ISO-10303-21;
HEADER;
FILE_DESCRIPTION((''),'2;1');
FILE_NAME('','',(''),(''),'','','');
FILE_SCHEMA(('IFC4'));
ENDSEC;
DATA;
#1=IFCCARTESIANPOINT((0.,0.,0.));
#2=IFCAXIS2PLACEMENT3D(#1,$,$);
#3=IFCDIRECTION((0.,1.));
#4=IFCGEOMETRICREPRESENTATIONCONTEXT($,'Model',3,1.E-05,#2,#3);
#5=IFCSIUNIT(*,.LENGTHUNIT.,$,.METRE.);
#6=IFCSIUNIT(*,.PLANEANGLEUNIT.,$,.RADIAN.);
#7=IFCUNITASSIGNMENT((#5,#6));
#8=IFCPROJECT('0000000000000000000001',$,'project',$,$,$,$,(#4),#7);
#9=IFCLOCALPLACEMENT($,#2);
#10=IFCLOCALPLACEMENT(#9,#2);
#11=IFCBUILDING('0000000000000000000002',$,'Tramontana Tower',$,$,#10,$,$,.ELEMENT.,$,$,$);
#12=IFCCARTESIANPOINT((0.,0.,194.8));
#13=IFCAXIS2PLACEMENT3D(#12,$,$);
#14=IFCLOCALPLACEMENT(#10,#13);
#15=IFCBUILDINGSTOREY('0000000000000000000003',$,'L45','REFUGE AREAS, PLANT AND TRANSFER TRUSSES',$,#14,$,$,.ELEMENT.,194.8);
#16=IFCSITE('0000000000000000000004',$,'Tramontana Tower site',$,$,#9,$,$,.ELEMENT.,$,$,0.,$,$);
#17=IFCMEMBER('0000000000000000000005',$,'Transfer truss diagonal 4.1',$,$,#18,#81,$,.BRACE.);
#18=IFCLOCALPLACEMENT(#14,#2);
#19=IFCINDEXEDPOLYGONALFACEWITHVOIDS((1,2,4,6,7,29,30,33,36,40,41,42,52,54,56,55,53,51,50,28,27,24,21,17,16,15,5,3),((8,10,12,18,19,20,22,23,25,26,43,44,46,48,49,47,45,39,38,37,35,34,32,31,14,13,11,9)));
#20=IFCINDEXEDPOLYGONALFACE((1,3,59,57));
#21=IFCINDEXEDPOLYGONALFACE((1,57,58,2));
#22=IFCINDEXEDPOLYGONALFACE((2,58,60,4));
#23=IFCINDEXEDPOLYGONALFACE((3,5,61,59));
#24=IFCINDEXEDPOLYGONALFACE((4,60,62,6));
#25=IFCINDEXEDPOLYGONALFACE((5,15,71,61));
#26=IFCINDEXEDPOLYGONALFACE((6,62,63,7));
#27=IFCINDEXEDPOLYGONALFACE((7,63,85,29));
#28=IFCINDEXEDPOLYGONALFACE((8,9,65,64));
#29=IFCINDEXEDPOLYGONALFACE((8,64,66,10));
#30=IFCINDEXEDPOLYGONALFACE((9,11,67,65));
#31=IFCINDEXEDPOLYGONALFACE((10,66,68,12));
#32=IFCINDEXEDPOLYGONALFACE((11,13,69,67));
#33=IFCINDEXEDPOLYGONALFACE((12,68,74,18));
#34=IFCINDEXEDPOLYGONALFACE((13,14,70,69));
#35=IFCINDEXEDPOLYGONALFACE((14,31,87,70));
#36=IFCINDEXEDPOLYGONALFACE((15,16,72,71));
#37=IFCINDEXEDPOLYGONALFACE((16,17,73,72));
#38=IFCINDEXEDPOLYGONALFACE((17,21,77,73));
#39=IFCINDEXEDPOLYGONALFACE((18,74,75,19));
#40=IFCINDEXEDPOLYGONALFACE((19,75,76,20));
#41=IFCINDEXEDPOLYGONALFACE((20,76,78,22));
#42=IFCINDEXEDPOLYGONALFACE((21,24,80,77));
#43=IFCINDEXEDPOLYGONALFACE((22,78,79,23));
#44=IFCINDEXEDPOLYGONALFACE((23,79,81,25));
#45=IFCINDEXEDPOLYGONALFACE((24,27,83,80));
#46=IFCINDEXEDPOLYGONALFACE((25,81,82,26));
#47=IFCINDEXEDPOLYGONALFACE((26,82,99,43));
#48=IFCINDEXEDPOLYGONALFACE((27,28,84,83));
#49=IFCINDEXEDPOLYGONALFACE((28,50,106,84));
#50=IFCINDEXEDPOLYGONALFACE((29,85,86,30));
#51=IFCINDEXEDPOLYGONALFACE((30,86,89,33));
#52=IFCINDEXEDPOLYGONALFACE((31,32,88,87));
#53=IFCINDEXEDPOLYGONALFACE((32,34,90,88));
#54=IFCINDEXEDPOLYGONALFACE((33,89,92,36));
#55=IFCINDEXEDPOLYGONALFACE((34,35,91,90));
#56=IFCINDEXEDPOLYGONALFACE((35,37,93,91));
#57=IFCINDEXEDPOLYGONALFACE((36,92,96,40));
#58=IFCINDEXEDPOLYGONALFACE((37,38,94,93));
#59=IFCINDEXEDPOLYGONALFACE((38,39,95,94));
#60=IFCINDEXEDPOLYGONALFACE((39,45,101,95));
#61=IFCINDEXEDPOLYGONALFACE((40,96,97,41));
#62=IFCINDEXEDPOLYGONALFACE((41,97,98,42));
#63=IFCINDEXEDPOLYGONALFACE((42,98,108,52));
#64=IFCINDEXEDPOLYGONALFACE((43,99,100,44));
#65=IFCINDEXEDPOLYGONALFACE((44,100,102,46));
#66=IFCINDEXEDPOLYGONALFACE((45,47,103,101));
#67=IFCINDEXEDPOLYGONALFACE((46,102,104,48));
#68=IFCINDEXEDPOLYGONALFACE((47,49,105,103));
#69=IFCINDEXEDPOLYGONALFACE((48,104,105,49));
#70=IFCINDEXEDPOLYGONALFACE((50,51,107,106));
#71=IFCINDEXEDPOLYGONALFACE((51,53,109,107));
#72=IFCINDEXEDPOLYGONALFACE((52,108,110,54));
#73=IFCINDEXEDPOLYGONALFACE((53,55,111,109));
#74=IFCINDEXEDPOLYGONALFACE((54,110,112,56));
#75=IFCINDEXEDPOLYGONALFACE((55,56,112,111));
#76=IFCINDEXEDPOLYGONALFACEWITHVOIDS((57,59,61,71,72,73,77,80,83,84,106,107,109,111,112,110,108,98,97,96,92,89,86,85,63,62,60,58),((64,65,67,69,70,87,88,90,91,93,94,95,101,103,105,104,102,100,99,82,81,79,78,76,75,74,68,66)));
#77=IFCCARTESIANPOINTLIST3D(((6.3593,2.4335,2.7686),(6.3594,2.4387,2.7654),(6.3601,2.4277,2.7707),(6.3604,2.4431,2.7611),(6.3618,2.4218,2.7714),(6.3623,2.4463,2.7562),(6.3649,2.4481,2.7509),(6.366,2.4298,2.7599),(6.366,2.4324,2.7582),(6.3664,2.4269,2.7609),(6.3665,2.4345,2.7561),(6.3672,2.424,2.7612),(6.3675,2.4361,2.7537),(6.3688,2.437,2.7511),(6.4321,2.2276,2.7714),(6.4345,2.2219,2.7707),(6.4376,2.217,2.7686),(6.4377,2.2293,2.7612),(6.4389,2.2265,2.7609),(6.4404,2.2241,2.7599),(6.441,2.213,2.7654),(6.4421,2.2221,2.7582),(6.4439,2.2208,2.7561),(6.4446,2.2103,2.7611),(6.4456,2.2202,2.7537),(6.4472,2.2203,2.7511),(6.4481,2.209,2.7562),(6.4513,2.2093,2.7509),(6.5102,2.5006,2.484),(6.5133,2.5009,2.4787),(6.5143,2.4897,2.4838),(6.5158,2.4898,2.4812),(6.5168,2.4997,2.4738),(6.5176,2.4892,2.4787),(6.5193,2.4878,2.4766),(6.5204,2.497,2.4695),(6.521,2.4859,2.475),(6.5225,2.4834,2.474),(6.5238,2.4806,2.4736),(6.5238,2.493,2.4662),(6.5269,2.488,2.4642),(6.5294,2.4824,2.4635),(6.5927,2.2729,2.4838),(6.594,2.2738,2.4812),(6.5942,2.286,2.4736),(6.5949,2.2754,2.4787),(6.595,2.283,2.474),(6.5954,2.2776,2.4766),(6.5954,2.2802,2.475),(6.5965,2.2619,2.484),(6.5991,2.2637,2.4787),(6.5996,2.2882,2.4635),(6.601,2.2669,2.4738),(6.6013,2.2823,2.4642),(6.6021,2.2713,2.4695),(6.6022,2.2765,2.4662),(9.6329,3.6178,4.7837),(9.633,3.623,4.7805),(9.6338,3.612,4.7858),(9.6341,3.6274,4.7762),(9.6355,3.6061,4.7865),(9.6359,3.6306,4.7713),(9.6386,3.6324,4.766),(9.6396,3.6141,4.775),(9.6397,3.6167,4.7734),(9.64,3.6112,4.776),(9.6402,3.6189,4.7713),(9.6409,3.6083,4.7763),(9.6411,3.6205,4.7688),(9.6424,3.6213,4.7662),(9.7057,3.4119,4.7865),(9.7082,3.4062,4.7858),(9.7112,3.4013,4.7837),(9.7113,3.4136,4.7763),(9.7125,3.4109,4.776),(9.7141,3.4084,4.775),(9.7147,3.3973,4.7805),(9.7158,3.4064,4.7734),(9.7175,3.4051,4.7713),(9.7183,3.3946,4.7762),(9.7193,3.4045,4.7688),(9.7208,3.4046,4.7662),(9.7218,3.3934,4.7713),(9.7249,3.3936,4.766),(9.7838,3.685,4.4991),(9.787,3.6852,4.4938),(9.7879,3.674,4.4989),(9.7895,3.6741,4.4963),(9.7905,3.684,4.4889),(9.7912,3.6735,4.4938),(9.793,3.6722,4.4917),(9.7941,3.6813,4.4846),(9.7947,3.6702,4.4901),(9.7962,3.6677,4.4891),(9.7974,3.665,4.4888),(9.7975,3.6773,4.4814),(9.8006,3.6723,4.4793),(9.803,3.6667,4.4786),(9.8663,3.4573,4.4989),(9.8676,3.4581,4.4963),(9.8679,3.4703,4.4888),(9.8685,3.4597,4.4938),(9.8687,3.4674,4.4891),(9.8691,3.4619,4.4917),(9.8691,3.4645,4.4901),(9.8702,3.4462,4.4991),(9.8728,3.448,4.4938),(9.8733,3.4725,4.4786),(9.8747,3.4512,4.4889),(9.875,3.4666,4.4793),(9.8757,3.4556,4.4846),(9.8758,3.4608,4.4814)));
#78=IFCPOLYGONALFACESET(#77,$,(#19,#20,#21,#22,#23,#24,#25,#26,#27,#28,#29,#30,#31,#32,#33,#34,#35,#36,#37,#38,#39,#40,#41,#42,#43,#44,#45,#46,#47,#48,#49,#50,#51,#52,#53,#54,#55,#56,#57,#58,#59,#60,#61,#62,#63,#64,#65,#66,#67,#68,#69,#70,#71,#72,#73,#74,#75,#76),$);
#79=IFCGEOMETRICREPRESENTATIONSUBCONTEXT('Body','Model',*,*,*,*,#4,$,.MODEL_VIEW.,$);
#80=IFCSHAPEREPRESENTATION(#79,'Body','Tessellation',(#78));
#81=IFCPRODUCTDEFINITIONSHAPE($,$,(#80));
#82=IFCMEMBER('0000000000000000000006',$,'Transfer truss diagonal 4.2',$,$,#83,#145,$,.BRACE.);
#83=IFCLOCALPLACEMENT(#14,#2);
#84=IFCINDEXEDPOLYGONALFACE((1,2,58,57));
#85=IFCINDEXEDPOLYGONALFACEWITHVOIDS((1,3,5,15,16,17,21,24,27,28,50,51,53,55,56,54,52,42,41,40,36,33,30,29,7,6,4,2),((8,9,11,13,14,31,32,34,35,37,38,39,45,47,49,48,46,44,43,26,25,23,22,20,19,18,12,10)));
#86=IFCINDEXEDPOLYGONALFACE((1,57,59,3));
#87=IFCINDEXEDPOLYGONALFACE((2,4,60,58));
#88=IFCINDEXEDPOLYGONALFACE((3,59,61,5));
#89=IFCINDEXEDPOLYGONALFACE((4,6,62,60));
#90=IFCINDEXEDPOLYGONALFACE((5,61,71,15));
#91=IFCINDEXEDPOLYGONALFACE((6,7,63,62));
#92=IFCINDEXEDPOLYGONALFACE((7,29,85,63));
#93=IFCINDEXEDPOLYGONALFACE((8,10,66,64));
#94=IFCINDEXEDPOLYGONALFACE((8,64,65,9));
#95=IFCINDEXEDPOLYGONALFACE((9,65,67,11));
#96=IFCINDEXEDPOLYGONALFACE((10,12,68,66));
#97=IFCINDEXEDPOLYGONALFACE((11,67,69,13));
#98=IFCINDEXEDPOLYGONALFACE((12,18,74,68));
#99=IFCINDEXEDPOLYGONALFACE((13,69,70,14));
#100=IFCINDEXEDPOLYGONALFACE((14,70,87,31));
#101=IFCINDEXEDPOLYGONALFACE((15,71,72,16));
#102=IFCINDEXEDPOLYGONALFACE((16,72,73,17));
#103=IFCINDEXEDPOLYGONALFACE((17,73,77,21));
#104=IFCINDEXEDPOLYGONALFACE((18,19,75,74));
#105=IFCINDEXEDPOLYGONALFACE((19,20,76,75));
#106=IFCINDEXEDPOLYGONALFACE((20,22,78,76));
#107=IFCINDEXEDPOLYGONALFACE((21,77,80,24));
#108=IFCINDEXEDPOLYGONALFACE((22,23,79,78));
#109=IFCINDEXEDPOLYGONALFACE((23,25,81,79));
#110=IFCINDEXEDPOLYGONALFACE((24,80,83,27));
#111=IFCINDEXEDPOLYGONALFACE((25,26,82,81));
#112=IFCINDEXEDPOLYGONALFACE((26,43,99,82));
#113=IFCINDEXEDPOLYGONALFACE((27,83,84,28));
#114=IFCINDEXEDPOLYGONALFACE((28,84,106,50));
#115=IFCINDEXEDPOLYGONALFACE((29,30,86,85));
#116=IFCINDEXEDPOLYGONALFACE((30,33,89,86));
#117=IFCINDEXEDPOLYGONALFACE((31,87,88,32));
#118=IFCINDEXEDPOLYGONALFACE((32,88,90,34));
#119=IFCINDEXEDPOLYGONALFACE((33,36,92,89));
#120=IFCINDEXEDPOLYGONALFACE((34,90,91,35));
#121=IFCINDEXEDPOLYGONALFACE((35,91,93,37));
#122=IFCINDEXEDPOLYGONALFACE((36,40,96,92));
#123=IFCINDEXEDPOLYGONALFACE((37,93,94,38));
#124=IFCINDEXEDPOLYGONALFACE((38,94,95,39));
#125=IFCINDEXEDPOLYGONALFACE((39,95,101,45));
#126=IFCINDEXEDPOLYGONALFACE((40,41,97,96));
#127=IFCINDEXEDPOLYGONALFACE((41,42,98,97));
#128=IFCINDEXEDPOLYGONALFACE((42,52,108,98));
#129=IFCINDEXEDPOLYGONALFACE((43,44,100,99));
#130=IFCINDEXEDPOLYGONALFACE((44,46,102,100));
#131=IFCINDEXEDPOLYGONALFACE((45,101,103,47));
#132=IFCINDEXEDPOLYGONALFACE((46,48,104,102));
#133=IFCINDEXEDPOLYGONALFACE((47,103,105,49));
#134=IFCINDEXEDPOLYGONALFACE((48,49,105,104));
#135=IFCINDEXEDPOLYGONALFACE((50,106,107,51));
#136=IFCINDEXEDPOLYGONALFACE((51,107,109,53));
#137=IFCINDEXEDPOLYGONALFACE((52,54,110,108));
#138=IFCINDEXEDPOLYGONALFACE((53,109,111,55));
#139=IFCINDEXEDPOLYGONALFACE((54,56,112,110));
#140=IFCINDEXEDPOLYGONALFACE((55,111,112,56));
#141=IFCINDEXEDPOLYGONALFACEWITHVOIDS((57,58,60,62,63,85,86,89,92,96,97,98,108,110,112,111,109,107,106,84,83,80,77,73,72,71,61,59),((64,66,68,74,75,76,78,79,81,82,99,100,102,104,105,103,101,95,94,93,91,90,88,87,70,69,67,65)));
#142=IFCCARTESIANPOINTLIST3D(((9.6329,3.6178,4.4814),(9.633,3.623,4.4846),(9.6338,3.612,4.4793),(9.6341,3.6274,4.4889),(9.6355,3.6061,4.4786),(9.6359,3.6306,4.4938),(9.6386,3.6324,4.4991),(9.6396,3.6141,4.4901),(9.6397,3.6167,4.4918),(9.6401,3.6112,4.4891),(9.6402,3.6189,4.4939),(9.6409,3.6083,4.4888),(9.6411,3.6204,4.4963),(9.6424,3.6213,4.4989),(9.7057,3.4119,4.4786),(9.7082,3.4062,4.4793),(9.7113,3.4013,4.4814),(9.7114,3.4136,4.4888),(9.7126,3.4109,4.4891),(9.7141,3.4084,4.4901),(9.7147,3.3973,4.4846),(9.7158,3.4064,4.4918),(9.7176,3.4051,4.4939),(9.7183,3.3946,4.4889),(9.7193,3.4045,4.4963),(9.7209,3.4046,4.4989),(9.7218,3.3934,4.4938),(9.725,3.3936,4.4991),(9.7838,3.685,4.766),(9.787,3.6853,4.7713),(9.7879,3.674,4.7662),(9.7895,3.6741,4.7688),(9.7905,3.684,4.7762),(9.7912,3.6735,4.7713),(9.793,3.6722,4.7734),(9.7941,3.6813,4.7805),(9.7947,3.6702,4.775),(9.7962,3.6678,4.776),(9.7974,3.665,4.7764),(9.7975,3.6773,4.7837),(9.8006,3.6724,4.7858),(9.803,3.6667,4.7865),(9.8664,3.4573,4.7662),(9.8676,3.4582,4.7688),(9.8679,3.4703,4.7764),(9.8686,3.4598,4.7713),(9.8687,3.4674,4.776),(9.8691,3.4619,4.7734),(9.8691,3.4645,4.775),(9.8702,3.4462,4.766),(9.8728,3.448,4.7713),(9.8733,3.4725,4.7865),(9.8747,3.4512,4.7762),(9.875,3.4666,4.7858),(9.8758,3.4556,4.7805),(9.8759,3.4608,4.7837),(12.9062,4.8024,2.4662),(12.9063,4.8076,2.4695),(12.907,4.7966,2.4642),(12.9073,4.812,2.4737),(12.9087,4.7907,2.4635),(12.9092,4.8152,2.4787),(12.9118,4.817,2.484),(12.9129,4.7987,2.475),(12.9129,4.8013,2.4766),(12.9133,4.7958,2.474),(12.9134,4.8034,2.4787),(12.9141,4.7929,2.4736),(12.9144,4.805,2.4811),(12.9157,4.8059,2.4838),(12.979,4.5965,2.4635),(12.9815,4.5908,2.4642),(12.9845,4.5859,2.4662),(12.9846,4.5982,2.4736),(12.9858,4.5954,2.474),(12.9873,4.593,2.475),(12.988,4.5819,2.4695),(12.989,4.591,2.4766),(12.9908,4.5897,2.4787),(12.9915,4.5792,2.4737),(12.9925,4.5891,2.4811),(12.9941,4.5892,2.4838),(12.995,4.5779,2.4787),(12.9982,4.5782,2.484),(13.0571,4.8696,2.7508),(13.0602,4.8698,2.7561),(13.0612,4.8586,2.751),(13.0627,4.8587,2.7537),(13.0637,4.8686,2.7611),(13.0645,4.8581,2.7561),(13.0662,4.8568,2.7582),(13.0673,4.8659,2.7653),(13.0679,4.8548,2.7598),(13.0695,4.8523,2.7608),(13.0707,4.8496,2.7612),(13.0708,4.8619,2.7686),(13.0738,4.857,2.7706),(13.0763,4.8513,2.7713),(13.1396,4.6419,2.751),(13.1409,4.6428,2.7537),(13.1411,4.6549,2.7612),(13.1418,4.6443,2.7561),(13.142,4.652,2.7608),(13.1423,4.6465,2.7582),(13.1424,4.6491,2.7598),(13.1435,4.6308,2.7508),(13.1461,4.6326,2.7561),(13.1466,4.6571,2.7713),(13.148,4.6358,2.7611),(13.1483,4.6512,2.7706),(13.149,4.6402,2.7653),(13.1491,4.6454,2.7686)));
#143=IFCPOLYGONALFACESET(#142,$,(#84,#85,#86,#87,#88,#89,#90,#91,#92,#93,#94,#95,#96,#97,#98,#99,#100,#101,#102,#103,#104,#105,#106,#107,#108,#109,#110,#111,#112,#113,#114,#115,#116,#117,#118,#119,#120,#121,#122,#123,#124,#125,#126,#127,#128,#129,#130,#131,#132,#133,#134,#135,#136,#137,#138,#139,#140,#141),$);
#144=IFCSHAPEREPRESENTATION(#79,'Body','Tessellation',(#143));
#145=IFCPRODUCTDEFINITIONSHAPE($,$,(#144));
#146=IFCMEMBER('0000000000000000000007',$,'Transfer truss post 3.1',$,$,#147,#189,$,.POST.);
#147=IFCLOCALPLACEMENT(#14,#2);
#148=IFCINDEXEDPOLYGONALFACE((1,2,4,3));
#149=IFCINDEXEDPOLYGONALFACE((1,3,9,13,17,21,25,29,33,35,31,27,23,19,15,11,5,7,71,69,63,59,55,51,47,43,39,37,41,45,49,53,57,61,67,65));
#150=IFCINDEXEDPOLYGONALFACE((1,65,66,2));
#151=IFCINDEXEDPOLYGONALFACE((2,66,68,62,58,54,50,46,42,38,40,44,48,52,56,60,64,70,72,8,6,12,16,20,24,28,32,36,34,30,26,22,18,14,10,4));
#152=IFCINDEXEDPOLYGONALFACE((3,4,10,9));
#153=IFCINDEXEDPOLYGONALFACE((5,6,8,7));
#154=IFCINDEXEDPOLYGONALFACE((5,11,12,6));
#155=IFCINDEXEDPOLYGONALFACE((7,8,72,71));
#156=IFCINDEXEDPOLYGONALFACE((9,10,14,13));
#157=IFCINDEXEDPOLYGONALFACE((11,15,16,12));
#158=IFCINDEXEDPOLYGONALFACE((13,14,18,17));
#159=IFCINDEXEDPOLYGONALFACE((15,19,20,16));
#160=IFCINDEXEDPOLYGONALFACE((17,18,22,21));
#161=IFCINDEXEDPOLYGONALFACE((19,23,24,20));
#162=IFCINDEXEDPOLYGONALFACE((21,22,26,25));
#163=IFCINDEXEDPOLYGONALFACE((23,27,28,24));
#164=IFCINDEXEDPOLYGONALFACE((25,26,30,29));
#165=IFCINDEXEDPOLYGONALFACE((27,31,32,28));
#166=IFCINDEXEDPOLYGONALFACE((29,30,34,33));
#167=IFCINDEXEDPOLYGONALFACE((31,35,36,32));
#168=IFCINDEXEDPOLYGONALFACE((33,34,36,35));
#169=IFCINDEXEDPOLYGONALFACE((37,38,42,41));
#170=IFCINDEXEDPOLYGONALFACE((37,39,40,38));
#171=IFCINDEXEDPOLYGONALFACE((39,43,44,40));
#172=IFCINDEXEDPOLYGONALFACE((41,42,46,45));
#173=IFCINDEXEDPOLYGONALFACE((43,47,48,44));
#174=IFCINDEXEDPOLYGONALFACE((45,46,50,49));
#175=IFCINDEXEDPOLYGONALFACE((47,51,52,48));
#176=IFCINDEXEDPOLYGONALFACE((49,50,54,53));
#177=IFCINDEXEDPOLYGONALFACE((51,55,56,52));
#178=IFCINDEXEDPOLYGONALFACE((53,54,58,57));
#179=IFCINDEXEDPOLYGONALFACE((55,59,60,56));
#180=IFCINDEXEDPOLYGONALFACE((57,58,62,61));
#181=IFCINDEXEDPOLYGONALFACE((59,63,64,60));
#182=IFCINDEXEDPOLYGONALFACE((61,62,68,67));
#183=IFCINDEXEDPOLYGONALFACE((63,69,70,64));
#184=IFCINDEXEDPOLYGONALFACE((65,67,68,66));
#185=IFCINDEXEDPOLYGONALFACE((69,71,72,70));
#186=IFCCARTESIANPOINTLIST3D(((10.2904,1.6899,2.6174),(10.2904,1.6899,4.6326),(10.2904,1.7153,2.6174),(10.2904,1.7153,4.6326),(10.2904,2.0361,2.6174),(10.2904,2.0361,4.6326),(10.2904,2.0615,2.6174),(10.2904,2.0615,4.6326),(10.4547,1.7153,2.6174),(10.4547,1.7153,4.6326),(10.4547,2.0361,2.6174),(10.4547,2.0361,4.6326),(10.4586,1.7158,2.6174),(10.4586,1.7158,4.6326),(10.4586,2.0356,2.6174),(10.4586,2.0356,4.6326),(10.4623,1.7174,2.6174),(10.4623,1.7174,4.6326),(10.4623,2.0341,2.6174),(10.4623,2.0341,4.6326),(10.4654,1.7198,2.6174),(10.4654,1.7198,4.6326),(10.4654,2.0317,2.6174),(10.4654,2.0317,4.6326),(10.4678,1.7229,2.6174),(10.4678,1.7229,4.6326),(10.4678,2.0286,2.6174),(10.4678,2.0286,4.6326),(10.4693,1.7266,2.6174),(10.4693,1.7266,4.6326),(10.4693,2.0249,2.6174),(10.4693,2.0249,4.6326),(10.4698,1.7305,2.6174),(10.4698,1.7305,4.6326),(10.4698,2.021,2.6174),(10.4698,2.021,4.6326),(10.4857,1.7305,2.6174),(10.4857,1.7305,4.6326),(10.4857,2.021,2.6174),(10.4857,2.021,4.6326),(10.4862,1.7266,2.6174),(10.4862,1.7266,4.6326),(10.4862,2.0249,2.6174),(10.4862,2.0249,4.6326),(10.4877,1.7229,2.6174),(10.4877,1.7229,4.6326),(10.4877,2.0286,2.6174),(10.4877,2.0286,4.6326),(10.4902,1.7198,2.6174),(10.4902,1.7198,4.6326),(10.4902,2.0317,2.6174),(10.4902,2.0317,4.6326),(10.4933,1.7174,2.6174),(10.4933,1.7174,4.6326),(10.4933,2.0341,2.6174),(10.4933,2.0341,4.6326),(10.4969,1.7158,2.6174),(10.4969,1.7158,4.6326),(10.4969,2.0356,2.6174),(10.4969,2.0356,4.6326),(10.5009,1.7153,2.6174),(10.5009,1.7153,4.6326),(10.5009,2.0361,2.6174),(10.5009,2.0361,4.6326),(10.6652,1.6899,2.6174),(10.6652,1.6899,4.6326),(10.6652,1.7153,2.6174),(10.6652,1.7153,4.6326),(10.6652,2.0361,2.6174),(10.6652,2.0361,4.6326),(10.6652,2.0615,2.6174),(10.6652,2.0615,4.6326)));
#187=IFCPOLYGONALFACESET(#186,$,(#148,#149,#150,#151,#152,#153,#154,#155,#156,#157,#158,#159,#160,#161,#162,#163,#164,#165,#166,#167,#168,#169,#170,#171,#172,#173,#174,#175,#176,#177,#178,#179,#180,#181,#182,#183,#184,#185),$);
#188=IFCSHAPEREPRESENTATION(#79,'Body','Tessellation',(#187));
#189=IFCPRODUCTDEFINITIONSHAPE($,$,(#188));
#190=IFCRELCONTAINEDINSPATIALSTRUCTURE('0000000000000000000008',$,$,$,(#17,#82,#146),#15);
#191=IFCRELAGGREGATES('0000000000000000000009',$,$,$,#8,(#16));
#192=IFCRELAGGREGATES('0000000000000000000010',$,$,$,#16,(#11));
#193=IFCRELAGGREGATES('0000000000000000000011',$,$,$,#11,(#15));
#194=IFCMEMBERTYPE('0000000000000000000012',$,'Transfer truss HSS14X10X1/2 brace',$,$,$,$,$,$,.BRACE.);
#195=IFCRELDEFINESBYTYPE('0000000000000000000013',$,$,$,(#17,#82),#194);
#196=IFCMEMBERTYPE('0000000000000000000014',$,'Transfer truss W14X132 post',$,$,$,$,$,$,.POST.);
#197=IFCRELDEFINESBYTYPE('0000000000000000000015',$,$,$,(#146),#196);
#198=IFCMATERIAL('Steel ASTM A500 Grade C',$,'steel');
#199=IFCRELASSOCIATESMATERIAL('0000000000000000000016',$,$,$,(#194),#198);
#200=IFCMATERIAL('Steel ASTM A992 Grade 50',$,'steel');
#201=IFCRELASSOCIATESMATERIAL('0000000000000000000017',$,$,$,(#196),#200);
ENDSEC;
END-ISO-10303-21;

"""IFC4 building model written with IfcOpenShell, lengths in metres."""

from ifc_helpers import new_model, si_unit, direction, frame, origin, origin_2d, place, context, subcontext, project, spatial, hollow_rectangle, i_section, extrude, material, material_profile, profile_set, type_object, element, save


model = new_model("IFC4")

# Units and contexts
model_context = context("Model", 3, precision=1e-05, world=origin(), true_north=direction((0.0, 1.0)))
body_context = subcontext(model_context, "Body", "Model", "MODEL_VIEW")
ifc_project = project(units=[si_unit("LENGTHUNIT", "METRE"), si_unit("PLANEANGLEUNIT", "RADIAN")], contexts=[model_context])

# Site, building, storey
site_placement = place(None, origin())
site = spatial("IfcSite", under=ifc_project, at=site_placement, Name="Tramontana Tower site", CompositionType="ELEMENT", RefElevation=0.0)
building_placement = place(site_placement, origin())
building = spatial("IfcBuilding", under=site, at=building_placement, Name="Tramontana Tower", CompositionType="ELEMENT")
storey_placement = place(building_placement, frame((0.0, 0.0, 194.8)))
storey = spatial("IfcBuildingStorey", under=building, at=storey_placement, Name="L45", Description="REFUGE AREAS, PLANT AND TRANSFER TRUSSES", CompositionType="ELEMENT", Elevation=194.8)

# Members
ifc_material_1 = material(Name="Steel ASTM A500 Grade C", Category="steel")
ifc_material_profile_1 = material_profile(ifc_material_1, hollow_rectangle(XDim=0.2539, YDim=0.3557, WallThickness=0.0117, InnerFilletRadius=0.0117, OuterFilletRadius=0.0237, at=origin_2d()), Name="HSS14X10X1/2")
ifc_profile_set_1 = profile_set([ifc_material_profile_1], Name="Steel ASTM A500 Grade C")
member_type_1 = type_object("IfcMemberType", Name="Transfer truss HSS14X10X1/2 brace", PredefinedType="BRACE", material=ifc_profile_set_1)
member_1_placement = place(storey_placement, frame((6.4807, 2.355, 2.6174), z_axis=(0.813845, 0.294426, 0.500968), x_axis=(-0.340194, 0.940355, 0.0)))
element("IfcMember", 1, at=member_1_placement, inside=storey, type_object=member_type_1, Name="Transfer truss diagonal 4.1", PredefinedType="BRACE", context=body_context, shape_type="SweptSolid", body=[
    extrude(hollow_rectangle(XDim=0.2539, YDim=0.3557, WallThickness=0.0117, InnerFilletRadius=0.0117, OuterFilletRadius=0.0237, at=origin_2d()), origin(), (0.0, 0.0, 1.0), 4.0225),
])
member_2_placement = place(storey_placement, frame((9.7544, 3.5393, 4.6326), z_axis=(0.81379, 0.294511, -0.501008), x_axis=(-0.340301, 0.940317, 0.0)))
element("IfcMember", 2, at=member_2_placement, inside=storey, type_object=member_type_1, Name="Transfer truss diagonal 4.2", PredefinedType="BRACE", context=body_context, shape_type="SweptSolid", body=[
    extrude(hollow_rectangle(XDim=0.2539, YDim=0.3557, WallThickness=0.0117, InnerFilletRadius=0.0117, OuterFilletRadius=0.0237, at=origin_2d()), origin(), (0.0, 0.0, 1.0), 4.0222),
])
ifc_material_2 = material(Name="Steel ASTM A992 Grade 50", Category="steel")
ifc_material_profile_2 = material_profile(ifc_material_2, i_section(OverallWidth=0.3748, OverallDepth=0.3716, WebThickness=0.0159, FlangeThickness=0.0254, FilletRadius=0.0151, at=origin_2d()), Name="W14X132")
ifc_profile_set_2 = profile_set([ifc_material_profile_2], Name="Steel ASTM A992 Grade 50")
member_type_2 = type_object("IfcMemberType", Name="Transfer truss W14X132 post", PredefinedType="POST", material=ifc_profile_set_2)
for number, where, z_axis, x_axis, name in (
    (3, (10.4778, 1.8757, 2.6174), (0.0, 0.0, 1.0), (1.0, 0.0, 0.0), "Transfer truss post 3.1"),
):
    element("IfcMember", number, at=place(storey_placement, frame(where, z_axis=z_axis, x_axis=x_axis)), inside=storey, type_object=member_type_2, Name=name, PredefinedType="POST", context=body_context, shape_type="SweptSolid", body=[
        extrude(i_section(OverallWidth=0.3748, OverallDepth=0.3716, WebThickness=0.0159, FlangeThickness=0.0254, FilletRadius=0.0151, at=origin_2d()), origin(), (0.0, 0.0, 1.0), 2.0151),
    ])

save(model, "model.ifc")
